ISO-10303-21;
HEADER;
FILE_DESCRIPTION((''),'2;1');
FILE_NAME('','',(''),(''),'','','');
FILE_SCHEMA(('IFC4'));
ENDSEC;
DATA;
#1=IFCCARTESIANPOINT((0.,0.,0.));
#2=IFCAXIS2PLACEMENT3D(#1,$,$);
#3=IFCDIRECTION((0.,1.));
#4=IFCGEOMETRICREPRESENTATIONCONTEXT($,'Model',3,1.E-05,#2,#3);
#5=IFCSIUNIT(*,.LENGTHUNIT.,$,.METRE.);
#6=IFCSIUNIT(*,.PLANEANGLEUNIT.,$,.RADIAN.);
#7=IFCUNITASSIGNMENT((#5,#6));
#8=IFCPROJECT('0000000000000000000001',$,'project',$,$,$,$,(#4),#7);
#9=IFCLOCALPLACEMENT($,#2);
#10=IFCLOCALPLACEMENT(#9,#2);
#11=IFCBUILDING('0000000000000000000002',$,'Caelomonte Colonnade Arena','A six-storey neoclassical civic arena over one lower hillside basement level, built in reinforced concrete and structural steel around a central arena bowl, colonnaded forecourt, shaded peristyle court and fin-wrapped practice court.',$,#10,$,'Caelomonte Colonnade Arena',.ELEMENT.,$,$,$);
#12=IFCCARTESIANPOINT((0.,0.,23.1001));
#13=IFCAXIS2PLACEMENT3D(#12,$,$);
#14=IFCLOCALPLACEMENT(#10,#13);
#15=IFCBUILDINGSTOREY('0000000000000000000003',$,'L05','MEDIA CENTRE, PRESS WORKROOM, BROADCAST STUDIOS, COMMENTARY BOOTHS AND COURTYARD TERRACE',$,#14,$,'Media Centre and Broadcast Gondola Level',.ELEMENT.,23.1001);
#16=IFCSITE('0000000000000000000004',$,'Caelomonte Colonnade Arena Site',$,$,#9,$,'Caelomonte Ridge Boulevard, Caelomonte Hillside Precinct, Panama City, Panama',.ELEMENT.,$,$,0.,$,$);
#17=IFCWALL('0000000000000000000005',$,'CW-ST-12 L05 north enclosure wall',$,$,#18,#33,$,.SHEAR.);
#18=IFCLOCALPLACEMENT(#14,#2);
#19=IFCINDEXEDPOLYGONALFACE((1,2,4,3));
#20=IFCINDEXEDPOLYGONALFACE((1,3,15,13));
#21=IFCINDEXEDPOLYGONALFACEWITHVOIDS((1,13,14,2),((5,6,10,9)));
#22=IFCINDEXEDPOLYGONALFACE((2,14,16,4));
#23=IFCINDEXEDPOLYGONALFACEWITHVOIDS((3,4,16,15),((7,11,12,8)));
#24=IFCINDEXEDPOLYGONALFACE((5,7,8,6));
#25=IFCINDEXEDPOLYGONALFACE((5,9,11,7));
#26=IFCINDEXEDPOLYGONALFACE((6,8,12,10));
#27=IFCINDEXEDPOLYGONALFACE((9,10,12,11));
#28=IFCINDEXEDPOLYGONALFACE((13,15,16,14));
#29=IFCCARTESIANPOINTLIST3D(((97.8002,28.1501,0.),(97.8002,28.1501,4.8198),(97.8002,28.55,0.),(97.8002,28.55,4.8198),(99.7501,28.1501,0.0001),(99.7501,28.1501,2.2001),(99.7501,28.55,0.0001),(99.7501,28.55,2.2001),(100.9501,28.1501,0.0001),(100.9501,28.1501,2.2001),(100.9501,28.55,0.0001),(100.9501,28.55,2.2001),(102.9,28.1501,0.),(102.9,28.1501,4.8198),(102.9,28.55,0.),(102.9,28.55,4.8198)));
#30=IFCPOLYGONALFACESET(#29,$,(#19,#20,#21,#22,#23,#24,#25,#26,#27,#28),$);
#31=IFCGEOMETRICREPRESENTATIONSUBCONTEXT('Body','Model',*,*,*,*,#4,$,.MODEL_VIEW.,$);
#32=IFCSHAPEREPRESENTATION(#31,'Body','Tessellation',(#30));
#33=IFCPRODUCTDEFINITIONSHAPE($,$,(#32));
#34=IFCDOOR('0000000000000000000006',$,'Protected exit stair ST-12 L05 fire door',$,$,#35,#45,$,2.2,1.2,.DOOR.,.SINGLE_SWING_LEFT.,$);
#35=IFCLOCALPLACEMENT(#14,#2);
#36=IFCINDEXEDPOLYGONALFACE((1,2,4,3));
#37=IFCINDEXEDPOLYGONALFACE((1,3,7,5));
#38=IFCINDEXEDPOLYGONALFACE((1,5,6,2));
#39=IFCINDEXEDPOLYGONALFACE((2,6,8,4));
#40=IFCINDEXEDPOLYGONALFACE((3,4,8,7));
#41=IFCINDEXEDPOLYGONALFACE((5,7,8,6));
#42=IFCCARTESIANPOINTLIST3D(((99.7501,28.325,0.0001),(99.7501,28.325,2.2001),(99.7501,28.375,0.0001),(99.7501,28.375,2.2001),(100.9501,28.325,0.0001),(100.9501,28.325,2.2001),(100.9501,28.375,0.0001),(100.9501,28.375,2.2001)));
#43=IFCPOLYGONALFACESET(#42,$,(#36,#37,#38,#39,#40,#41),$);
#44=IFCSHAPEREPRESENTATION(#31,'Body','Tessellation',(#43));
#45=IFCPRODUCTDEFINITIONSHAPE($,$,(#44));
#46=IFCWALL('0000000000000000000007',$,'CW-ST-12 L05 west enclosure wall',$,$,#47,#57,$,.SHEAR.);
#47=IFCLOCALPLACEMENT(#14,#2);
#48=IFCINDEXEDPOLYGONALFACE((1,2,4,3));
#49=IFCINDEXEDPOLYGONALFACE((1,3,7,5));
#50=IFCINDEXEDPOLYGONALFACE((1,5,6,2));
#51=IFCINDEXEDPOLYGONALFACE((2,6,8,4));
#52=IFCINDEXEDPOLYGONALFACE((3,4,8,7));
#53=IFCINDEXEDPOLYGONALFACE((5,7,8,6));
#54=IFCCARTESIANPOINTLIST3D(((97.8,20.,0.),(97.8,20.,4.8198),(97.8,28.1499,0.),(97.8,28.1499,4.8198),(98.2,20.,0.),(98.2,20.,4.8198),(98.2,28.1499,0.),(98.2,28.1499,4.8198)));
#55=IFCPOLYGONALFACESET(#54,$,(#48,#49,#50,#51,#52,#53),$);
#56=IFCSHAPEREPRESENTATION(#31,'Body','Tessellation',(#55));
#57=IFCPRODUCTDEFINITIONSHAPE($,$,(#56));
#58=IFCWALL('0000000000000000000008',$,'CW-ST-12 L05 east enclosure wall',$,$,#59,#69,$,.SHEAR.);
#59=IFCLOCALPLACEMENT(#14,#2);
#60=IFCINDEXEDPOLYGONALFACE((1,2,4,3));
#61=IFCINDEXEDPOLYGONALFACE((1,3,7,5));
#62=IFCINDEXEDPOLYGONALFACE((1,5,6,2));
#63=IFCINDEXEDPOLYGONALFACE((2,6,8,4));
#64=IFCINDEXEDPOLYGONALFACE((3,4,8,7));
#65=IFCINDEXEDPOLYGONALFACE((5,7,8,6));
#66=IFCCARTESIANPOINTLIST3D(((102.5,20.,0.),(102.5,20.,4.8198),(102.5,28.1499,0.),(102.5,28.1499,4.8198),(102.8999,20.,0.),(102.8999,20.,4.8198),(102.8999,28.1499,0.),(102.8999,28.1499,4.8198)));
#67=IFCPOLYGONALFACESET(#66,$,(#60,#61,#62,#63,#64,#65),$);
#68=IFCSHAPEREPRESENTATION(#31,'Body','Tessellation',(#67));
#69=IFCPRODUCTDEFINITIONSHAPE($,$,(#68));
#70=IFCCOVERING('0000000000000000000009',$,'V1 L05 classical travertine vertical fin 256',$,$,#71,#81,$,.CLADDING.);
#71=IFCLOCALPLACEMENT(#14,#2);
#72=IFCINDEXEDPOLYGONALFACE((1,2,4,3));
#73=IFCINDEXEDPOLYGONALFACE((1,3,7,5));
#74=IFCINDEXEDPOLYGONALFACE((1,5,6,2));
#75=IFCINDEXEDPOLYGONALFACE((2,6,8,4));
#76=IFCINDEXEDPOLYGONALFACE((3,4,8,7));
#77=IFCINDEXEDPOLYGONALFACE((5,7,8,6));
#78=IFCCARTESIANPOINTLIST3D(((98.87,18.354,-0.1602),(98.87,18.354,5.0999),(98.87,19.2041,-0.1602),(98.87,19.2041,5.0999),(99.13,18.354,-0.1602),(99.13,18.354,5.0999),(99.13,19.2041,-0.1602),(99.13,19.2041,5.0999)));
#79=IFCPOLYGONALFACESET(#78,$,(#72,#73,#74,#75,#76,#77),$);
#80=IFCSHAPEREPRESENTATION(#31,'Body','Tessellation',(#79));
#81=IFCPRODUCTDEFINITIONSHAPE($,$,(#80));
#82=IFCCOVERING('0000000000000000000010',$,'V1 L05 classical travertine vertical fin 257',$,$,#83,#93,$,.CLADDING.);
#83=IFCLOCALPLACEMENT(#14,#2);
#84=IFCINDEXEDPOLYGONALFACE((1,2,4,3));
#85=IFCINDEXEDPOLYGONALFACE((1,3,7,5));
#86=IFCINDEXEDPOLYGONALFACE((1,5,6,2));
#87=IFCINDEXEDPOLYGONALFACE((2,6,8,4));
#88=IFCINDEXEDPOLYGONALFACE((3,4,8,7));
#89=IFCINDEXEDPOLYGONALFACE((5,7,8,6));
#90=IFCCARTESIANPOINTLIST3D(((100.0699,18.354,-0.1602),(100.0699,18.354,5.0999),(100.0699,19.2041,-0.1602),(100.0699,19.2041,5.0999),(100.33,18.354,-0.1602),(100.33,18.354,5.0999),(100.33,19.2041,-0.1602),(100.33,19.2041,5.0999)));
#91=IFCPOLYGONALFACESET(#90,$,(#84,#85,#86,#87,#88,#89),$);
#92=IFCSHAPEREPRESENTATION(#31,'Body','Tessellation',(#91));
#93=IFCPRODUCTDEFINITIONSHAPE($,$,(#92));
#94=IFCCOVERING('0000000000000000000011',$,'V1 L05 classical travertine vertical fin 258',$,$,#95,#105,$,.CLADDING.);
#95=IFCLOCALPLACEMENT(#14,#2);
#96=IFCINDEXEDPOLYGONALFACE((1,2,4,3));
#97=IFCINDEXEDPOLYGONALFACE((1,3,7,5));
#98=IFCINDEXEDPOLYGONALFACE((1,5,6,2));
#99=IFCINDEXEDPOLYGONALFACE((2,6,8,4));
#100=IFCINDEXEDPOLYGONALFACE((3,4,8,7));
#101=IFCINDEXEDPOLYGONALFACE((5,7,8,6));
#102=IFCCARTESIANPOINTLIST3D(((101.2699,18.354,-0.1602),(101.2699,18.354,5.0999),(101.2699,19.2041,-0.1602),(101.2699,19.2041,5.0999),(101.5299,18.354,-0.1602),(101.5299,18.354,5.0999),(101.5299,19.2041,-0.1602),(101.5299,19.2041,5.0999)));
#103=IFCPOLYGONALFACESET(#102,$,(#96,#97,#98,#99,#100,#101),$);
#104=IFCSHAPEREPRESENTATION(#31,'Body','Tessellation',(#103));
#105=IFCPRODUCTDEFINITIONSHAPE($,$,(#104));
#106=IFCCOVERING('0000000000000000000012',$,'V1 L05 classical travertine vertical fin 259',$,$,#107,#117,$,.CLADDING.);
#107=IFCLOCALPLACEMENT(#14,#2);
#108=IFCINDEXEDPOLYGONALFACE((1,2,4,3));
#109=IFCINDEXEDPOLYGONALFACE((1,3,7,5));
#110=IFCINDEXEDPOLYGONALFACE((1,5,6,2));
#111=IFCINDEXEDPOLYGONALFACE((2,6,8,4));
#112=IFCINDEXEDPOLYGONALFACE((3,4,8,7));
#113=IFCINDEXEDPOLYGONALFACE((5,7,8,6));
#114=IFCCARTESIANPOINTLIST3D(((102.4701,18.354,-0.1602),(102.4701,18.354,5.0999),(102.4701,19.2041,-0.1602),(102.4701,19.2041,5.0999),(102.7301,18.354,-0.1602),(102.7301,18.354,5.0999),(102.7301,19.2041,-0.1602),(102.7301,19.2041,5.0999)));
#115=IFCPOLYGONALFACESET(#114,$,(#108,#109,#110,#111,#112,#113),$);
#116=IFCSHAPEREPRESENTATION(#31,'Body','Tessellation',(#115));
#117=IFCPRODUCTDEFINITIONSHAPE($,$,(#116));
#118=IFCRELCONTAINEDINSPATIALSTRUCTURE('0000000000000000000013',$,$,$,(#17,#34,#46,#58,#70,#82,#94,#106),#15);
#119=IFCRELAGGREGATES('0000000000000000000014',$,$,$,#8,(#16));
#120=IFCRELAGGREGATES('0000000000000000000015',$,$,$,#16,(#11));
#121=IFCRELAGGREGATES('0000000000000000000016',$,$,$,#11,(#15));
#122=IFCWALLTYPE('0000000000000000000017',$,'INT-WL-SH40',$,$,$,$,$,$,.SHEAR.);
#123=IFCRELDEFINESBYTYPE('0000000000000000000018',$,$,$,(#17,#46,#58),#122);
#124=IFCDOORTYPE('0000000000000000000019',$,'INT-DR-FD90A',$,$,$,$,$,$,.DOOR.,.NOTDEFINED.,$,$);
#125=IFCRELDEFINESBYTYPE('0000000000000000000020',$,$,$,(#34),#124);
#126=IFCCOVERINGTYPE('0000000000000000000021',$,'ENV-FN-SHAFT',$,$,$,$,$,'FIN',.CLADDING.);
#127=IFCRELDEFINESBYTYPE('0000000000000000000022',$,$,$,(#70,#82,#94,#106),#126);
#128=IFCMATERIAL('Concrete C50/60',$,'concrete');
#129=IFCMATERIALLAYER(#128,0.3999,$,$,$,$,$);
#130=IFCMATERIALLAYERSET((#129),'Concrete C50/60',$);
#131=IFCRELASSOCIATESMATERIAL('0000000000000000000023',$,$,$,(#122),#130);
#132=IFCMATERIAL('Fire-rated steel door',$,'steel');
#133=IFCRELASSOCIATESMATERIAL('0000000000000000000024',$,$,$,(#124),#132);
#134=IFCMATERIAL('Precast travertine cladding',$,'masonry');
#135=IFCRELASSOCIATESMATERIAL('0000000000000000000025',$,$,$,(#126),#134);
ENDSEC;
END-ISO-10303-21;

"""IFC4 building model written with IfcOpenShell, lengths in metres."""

from ifc_helpers import new_model, si_unit, direction, frame, frame_2d, origin, origin_2d, place, context, subcontext, project, spatial, rectangle, extrude, material, layer, layer_set, material_profile, profile_set, type_object, element, fill, save


model = new_model("IFC4")

# Units and contexts
model_context = context("Model", 3, precision=1e-05, world=origin(), true_north=direction((0.0, 1.0)))
body_context = subcontext(model_context, "Body", "Model", "MODEL_VIEW")
ifc_project = project(units=[si_unit("LENGTHUNIT", "METRE"), si_unit("PLANEANGLEUNIT", "RADIAN")], contexts=[model_context])

# Site, building, storey
site_placement = place(None, origin())
site = spatial("IfcSite", under=ifc_project, at=site_placement, Name="Caelomonte Colonnade Arena Site", LongName="Caelomonte Ridge Boulevard, Caelomonte Hillside Precinct, Panama City, Panama", CompositionType="ELEMENT", RefElevation=0.0)
building_placement = place(site_placement, origin())
building = spatial("IfcBuilding", under=site, at=building_placement, Name="Caelomonte Colonnade Arena", Description="A six-storey neoclassical civic arena over one lower hillside basement level, built in reinforced concrete and structural steel around a central arena bowl, colonnaded forecourt, shaded peristyle court and fin-wrapped practice court.", LongName="Caelomonte Colonnade Arena", CompositionType="ELEMENT")
storey_placement = place(building_placement, frame((0.0, 0.0, 23.1001)))
storey = spatial("IfcBuildingStorey", under=building, at=storey_placement, Name="L05", Description="MEDIA CENTRE, PRESS WORKROOM, BROADCAST STUDIOS, COMMENTARY BOOTHS AND COURTYARD TERRACE", LongName="Media Centre and Broadcast Gondola Level", CompositionType="ELEMENT", Elevation=23.1001)

# Shared definitions
ifc_material_1 = material(Name="Concrete C50/60", Category="concrete")
ifc_layer_1 = layer(ifc_material_1, 0.3999)
ifc_layer_set_1 = layer_set([ifc_layer_1], Name="Concrete C50/60")
wall_type = type_object("IfcWallType", Name="INT-WL-SH40", PredefinedType="SHEAR", material=ifc_layer_set_1)

# Wall, opening, door
wall_1_placement = place(storey_placement, frame((102.8999, 28.3501, 0.0), z_axis=(0.0, 0.0, 1.0), x_axis=(-1.0, 0.0, 0.0)))
wall_1 = element("IfcWall", 1, at=wall_1_placement, inside=storey, type_object=wall_type, Name="CW-ST-12 L05 north enclosure wall", PredefinedType="SHEAR", context=body_context, shape_type="SweptSolid", body=[
    extrude(rectangle(XDim=5.0999, YDim=0.3999, at=frame_2d((2.5498, 0.0))), origin(), (0.0, 0.0, 1.0), 4.8198),
])
opening_placement = place(wall_1_placement, frame((3.1499, 0.0, 0.0), z_axis=(0.0, 0.0, 1.0), x_axis=(-1.0, 0.0, 0.0)))
opening = element("IfcOpeningElement", 2, at=opening_placement, cuts=wall_1, PredefinedType="OPENING", context=body_context, shape_type="SweptSolid", body=[
    extrude(rectangle(XDim=1.2, YDim=2.2, at=frame_2d((0.6001, 1.1001))), frame((0.0, 0.21, 0.0), z_axis=(0.0, -1.0, 0.0), x_axis=(1.0, 0.0, 0.0)), (0.0, 0.0, 1.0), 0.4199),
])
ifc_material_2 = material(Name="Fire-rated steel door", Category="steel")
door_type = type_object("IfcDoorType", Name="INT-DR-FD90A", OperationType="NOTDEFINED", PredefinedType="DOOR", material=ifc_material_2)
door_placement = place(opening_placement, origin())
door = element("IfcDoor", 3, at=door_placement, inside=storey, type_object=door_type, Name="Protected exit stair ST-12 L05 fire door", OperationType="SINGLE_SWING_LEFT", OverallHeight=2.2, OverallWidth=1.2, PredefinedType="DOOR", context=body_context, shape_type="SweptSolid", body=[
    extrude(rectangle(XDim=1.2, YDim=2.2, at=frame_2d((0.6001, 1.1001))), frame((0.0, 0.0249, 0.0), z_axis=(0.0, -1.0, 0.0), x_axis=(1.0, 0.0, 0.0)), (0.0, 0.0, 1.0), 0.05),
])
fill(opening, door)

# Walls
for number, where, z_axis, x_axis, name in (
    (4, (98.0, 28.1499, 0.0), (0.0, 0.0, 1.0), (0.0, -1.0, 0.0), "CW-ST-12 L05 west enclosure wall"),
    (5, (102.7, 20.0, 0.0), (0.0, 0.0, 1.0), (0.0, 1.0, 0.0), "CW-ST-12 L05 east enclosure wall"),
):
    element("IfcWall", number, at=place(storey_placement, frame(where, z_axis=z_axis, x_axis=x_axis)), inside=storey, type_object=wall_type, Name=name, PredefinedType="SHEAR", context=body_context, shape_type="SweptSolid", body=[
        extrude(rectangle(XDim=8.1499, YDim=0.3999, at=frame_2d((4.075, 0.0))), origin(), (0.0, 0.0, 1.0), 4.8198),
    ])

# Coverings
ifc_material_3 = material(Name="Precast travertine cladding", Category="masonry")
ifc_material_profile_1 = material_profile(ifc_material_3, rectangle(XDim=0.26, YDim=0.8501, at=origin_2d()), Name="FIN260X850")
ifc_profile_set_1 = profile_set([ifc_material_profile_1], Name="Precast travertine cladding")
covering_type = type_object("IfcCoveringType", Name="ENV-FN-SHAFT", ElementType="FIN", PredefinedType="CLADDING", material=ifc_profile_set_1)
for number, where, z_axis, x_axis, name in (
    (6, (99.0, 18.7791, -0.1602), (0.0, 0.0, 1.0), (-1.0, 0.0, 0.0), "V1 L05 classical travertine vertical fin 256"),
    (7, (100.2, 18.7791, -0.1602), (0.0, 0.0, 1.0), (-1.0, 0.0, 0.0), "V1 L05 classical travertine vertical fin 257"),
    (8, (101.3999, 18.7791, -0.1602), (0.0, 0.0, 1.0), (-1.0, 0.0, 0.0), "V1 L05 classical travertine vertical fin 258"),
    (9, (102.6001, 18.7791, -0.1602), (0.0, 0.0, 1.0), (-1.0, 0.0, 0.0), "V1 L05 classical travertine vertical fin 259"),
):
    element("IfcCovering", number, at=place(storey_placement, frame(where, z_axis=z_axis, x_axis=x_axis)), inside=storey, type_object=covering_type, Name=name, PredefinedType="CLADDING", context=body_context, shape_type="SweptSolid", body=[
        extrude(rectangle(XDim=0.26, YDim=0.8501, at=origin_2d()), origin(), (0.0, 0.0, 1.0), 5.26),
    ])

save(model, "model.ifc")
